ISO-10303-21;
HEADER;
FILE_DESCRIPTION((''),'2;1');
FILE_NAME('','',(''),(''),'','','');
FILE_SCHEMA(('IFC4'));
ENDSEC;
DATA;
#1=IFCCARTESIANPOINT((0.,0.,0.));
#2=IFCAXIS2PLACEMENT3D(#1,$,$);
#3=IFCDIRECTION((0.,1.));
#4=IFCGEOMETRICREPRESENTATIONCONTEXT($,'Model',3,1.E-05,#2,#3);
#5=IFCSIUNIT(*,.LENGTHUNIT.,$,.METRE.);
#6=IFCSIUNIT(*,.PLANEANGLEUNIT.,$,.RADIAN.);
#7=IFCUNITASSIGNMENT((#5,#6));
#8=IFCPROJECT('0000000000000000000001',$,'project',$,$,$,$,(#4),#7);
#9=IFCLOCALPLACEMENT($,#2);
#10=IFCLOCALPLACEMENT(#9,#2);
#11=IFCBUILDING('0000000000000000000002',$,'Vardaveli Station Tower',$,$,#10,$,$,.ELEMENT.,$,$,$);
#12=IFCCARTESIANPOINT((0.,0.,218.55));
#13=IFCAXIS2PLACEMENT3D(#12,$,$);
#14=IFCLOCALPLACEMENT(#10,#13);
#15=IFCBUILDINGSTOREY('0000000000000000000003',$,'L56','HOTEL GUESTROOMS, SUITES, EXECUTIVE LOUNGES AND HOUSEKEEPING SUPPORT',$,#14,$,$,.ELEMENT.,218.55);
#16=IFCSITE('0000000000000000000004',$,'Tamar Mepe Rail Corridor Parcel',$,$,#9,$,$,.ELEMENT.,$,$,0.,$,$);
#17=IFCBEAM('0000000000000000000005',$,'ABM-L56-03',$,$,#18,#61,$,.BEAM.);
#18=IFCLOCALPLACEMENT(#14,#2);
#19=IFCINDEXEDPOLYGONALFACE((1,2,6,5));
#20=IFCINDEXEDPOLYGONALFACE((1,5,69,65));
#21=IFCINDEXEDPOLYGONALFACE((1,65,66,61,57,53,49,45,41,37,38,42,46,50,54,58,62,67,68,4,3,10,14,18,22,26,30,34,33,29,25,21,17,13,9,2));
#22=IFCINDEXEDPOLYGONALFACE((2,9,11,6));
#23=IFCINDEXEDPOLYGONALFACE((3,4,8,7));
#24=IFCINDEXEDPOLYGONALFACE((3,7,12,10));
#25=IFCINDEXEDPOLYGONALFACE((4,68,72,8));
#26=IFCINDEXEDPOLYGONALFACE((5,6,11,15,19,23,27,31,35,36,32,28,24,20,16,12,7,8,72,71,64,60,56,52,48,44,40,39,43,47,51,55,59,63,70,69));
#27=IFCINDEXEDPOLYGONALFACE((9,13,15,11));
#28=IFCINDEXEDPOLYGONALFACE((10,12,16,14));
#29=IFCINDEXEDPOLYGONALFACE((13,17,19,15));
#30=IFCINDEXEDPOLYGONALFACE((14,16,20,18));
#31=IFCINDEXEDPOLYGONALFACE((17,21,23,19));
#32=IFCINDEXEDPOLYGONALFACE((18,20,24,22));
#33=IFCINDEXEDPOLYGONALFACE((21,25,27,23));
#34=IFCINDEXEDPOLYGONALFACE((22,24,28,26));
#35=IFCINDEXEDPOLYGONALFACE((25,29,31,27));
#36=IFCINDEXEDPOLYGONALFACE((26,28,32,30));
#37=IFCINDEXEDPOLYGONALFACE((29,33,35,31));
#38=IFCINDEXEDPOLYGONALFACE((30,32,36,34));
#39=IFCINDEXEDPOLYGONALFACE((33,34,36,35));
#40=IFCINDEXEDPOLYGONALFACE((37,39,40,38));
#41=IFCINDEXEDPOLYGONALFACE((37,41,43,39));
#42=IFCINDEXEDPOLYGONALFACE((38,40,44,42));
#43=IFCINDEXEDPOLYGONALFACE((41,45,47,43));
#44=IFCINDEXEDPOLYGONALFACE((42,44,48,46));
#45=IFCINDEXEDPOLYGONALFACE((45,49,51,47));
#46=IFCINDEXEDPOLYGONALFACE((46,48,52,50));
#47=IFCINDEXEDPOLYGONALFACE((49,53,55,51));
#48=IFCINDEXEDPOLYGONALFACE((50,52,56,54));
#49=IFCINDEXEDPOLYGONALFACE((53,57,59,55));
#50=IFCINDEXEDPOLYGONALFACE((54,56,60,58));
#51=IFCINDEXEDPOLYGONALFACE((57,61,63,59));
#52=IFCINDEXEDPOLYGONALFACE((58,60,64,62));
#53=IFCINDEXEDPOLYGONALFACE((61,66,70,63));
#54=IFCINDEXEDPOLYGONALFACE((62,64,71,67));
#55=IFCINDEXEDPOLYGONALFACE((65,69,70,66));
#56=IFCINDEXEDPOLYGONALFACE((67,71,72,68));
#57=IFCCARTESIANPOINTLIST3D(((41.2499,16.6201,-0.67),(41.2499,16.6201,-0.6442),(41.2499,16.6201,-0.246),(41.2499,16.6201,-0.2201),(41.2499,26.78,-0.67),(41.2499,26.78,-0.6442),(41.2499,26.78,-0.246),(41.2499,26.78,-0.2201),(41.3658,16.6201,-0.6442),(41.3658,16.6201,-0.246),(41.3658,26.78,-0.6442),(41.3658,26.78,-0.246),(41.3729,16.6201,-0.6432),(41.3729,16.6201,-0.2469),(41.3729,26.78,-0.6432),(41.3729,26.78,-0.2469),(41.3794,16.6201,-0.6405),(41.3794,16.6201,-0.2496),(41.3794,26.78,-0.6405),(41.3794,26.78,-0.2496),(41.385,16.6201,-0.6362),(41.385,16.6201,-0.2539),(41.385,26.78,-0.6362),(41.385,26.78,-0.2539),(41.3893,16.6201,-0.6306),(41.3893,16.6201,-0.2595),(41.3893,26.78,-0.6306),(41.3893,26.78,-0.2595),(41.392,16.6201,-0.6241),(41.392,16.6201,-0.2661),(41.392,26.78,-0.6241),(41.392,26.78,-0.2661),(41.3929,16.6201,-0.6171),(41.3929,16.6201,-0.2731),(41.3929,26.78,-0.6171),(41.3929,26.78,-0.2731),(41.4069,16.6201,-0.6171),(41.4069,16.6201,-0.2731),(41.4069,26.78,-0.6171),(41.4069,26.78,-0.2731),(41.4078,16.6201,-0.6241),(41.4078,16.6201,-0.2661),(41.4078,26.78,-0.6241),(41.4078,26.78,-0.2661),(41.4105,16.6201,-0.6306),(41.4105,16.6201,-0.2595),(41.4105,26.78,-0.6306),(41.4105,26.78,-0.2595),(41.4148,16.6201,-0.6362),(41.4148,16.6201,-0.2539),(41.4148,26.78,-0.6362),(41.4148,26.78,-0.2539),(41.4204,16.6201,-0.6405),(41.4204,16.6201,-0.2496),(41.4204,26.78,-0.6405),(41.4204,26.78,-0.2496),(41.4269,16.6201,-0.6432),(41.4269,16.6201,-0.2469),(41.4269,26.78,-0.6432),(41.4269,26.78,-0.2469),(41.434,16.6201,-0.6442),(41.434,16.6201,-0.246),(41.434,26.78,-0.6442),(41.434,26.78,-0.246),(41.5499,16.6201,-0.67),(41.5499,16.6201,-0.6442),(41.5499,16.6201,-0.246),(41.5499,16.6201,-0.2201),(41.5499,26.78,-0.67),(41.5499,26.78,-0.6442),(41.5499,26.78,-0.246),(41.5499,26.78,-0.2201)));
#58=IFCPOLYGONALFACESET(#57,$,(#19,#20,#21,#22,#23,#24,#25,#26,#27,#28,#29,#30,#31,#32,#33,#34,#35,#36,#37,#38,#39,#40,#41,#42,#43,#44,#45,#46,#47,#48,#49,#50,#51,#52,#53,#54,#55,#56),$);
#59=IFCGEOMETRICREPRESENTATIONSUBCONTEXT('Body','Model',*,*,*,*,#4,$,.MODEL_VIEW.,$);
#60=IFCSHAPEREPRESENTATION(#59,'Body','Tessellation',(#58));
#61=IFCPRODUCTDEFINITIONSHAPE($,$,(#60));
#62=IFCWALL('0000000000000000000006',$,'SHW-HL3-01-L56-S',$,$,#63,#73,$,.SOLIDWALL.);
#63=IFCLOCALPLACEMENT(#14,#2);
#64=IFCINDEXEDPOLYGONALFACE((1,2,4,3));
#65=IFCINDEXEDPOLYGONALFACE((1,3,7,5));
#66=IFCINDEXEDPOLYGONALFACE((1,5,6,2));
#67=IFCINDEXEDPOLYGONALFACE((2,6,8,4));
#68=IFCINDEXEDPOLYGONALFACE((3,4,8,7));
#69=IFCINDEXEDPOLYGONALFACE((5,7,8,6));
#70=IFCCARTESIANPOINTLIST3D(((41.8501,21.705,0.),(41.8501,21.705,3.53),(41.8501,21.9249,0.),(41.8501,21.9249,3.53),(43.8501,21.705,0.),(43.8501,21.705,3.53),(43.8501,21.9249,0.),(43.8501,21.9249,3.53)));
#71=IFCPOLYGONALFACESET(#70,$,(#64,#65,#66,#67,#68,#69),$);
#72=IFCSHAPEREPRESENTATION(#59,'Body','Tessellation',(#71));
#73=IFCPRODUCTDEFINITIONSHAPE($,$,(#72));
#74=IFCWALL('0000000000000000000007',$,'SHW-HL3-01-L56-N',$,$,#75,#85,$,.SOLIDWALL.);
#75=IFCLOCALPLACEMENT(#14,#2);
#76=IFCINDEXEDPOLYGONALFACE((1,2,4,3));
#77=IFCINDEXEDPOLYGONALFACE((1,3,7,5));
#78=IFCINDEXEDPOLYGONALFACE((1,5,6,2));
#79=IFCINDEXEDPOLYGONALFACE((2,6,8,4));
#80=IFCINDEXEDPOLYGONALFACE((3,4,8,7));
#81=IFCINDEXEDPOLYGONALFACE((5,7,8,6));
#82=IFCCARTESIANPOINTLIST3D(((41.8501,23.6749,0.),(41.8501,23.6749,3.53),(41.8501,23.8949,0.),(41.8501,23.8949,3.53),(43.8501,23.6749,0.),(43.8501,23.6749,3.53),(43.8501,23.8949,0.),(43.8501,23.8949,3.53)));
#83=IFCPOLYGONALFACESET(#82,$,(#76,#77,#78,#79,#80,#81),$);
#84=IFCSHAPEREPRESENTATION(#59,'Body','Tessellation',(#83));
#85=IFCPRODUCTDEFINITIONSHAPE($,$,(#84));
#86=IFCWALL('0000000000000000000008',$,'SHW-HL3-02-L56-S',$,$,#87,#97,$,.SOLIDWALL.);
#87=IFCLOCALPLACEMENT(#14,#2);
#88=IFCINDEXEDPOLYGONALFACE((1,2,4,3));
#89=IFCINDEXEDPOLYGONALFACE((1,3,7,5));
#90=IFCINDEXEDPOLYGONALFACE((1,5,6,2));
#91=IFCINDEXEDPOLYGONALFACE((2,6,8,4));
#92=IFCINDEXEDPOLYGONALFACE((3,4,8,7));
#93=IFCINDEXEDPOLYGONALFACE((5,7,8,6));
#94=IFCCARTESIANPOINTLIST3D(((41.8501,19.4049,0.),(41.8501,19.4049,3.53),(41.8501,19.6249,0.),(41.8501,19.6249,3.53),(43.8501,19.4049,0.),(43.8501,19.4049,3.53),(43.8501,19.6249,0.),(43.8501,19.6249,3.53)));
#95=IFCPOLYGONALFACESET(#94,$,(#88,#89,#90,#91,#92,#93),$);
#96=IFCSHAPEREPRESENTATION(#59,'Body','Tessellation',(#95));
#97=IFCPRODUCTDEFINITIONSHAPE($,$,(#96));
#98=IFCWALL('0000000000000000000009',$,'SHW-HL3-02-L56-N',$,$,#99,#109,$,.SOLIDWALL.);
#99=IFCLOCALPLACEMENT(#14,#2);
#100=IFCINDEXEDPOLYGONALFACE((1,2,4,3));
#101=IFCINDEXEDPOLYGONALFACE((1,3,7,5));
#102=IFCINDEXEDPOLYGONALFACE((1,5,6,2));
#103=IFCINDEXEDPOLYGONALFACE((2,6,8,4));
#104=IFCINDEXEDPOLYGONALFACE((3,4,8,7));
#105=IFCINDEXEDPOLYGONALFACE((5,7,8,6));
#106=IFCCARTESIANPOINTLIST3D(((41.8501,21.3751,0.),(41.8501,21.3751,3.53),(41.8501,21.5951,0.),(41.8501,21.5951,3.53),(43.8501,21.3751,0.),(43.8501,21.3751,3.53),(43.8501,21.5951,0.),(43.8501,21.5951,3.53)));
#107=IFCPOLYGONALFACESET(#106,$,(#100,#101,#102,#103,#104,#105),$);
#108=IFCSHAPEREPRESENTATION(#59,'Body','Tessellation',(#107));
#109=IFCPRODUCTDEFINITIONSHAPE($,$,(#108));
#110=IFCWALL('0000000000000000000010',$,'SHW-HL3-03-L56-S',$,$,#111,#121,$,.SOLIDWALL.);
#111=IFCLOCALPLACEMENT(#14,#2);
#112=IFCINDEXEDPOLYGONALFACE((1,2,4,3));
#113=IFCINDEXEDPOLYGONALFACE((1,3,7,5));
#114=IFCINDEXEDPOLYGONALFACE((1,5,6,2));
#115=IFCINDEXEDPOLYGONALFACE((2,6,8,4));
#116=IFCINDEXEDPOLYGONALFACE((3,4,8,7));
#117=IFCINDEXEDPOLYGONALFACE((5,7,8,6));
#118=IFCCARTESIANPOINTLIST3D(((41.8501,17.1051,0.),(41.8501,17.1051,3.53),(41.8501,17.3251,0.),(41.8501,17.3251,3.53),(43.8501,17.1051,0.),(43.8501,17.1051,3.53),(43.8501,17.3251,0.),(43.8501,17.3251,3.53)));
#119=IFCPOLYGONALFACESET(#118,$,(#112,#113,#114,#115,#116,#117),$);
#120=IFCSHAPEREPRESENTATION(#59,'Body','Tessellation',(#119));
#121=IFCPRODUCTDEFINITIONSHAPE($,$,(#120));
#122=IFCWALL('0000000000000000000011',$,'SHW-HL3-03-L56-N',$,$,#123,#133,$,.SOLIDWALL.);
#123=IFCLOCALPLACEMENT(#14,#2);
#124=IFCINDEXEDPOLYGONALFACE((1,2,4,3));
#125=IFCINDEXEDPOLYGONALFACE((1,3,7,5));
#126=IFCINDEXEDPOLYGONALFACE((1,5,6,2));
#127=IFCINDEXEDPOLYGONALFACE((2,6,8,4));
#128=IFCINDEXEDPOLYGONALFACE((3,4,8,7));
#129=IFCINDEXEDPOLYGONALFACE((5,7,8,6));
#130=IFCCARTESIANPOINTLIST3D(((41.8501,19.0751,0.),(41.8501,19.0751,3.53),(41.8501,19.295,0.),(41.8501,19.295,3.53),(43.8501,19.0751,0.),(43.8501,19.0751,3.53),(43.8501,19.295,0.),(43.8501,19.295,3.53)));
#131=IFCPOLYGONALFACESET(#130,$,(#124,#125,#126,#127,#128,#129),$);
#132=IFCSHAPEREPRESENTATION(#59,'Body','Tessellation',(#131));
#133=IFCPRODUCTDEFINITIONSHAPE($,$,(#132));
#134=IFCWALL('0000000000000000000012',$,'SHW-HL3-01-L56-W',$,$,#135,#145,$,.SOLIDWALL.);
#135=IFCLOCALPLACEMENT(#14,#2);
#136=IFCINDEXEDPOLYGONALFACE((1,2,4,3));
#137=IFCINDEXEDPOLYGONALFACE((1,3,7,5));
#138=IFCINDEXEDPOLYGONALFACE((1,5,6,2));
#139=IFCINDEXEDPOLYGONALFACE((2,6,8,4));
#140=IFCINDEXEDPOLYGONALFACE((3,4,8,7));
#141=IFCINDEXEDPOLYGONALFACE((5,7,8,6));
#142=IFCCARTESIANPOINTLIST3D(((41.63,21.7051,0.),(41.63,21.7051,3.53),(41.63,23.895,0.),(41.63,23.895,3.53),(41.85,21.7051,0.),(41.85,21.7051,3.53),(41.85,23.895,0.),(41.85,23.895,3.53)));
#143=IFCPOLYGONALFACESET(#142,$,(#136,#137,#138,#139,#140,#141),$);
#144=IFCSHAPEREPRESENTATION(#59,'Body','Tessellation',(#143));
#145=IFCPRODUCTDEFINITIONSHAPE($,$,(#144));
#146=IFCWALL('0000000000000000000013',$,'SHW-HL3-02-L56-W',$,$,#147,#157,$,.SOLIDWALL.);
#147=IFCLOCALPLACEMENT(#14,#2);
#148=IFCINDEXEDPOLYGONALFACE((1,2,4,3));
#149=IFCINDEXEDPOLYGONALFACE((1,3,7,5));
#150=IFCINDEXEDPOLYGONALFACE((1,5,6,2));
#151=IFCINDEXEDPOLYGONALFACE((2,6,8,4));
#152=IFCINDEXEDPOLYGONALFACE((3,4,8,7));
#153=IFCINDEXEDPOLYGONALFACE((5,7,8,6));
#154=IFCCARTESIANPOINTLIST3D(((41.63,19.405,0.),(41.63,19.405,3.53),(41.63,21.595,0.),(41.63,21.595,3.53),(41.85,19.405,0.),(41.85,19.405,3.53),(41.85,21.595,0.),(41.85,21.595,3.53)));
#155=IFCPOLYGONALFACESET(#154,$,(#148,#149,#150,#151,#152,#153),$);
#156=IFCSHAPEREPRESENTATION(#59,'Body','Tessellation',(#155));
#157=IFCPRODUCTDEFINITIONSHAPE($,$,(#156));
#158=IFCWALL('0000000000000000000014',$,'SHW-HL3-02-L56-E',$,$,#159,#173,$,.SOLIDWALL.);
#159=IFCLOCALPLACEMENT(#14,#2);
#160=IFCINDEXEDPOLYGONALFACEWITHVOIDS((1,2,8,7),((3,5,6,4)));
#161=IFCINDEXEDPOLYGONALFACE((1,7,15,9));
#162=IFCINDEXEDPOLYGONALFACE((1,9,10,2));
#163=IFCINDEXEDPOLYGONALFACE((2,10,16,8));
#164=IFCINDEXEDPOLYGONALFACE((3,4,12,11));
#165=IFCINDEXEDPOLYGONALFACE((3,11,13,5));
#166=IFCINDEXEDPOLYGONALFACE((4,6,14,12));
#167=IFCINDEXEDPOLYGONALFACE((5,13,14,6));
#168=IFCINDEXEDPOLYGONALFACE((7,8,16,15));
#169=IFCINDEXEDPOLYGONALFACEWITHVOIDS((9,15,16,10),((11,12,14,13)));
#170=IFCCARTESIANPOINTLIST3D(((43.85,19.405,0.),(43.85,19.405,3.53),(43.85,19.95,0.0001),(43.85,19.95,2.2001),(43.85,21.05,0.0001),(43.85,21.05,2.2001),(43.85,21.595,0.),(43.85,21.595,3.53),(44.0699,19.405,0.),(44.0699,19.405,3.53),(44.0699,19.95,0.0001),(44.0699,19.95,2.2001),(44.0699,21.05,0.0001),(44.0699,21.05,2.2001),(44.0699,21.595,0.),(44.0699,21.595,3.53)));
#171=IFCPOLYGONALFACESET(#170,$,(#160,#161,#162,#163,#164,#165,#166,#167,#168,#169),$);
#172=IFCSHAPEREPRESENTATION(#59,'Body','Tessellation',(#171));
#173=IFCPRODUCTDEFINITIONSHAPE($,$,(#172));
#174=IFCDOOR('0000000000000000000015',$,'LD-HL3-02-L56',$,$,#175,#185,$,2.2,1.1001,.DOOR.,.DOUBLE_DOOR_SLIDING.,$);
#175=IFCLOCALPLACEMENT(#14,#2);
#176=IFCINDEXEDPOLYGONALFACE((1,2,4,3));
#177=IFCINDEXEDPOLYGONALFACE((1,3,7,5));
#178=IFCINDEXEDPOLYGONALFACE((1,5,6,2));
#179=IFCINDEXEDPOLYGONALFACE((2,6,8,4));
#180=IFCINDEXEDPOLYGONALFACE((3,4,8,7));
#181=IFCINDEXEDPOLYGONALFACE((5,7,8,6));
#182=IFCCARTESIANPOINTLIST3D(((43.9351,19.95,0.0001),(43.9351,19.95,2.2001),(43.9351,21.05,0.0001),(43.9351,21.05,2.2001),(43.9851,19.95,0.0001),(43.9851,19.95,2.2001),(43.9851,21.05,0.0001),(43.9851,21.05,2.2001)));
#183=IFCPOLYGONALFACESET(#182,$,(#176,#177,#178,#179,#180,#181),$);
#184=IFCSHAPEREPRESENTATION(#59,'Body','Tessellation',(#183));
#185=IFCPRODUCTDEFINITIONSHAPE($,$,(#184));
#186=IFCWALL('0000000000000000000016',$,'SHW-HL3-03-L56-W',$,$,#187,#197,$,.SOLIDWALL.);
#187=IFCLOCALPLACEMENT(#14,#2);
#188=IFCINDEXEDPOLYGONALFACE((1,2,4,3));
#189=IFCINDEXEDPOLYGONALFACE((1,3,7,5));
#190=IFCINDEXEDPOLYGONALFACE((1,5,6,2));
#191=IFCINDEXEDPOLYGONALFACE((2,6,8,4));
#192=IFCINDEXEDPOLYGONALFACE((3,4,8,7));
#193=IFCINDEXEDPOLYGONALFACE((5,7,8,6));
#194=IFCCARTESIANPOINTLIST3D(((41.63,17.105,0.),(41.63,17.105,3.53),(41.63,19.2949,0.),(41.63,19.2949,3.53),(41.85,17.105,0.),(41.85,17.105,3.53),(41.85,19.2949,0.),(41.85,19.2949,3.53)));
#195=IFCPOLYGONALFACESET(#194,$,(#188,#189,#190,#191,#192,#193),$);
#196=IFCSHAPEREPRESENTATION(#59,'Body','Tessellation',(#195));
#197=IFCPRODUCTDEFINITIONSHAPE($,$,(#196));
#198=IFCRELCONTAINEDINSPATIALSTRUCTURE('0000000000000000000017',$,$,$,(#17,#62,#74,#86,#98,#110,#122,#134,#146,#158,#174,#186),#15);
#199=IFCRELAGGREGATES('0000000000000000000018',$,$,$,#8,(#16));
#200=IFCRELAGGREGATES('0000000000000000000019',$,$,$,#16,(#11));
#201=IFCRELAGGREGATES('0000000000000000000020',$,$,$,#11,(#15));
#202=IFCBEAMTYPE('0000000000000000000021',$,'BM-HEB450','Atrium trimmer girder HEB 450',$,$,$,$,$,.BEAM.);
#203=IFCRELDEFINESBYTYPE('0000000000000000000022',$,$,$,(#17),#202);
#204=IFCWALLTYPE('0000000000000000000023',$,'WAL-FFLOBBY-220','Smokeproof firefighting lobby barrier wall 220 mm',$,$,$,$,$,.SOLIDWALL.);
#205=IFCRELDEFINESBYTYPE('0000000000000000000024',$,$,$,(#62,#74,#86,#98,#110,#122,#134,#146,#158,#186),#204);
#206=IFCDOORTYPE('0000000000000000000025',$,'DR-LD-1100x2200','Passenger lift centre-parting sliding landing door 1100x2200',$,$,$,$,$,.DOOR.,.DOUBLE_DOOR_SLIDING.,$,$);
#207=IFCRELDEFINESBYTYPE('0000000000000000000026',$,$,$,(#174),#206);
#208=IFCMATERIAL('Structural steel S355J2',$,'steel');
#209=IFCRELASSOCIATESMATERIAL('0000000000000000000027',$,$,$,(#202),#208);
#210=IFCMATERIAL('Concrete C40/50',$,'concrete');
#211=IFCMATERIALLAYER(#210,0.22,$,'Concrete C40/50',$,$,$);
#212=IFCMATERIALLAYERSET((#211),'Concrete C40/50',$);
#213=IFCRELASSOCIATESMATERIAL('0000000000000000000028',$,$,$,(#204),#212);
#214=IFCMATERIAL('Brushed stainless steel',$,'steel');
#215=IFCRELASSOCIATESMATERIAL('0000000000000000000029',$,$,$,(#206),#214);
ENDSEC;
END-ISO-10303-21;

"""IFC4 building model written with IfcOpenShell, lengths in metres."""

from ifc_helpers import new_model, si_unit, direction, frame, frame_2d, origin, origin_2d, place, context, subcontext, project, spatial, rectangle, i_section, extrude, source, transform, mapped, material, layer, layer_set, material_profile, profile_set, type_object, element, fill, save


model = new_model("IFC4")

# Units and contexts
model_context = context("Model", 3, precision=1e-05, world=origin(), true_north=direction((0.0, 1.0)))
body_context = subcontext(model_context, "Body", "Model", "MODEL_VIEW")
ifc_project = project(units=[si_unit("LENGTHUNIT", "METRE"), si_unit("PLANEANGLEUNIT", "RADIAN")], contexts=[model_context])

# Site, building, storey
site_placement = place(None, origin())
site = spatial("IfcSite", under=ifc_project, at=site_placement, Name="Tamar Mepe Rail Corridor Parcel", CompositionType="ELEMENT", RefElevation=0.0)
building_placement = place(site_placement, origin())
building = spatial("IfcBuilding", under=site, at=building_placement, Name="Vardaveli Station Tower", CompositionType="ELEMENT")
storey_placement = place(building_placement, frame((0.0, 0.0, 218.55)))
storey = spatial("IfcBuildingStorey", under=building, at=storey_placement, Name="L56", Description="HOTEL GUESTROOMS, SUITES, EXECUTIVE LOUNGES AND HOUSEKEEPING SUPPORT", CompositionType="ELEMENT", Elevation=218.55)

# Beam
ifc_material_1 = material(Name="Structural steel S355J2", Category="steel")
ifc_material_profile_1 = material_profile(ifc_material_1, i_section(OverallWidth=0.3, OverallDepth=0.45, WebThickness=0.0139, FlangeThickness=0.0259, FilletRadius=0.0271, at=origin_2d()), Name="HEB 450")
ifc_profile_set_1 = profile_set([ifc_material_profile_1], Name="Structural steel S355J2")
beam_type = type_object("IfcBeamType", Name="BM-HEB450", Description="Atrium trimmer girder HEB 450", PredefinedType="BEAM", material=ifc_profile_set_1)
shared_shape_1 = source(origin(), body_context, "Body", "SweptSolid", [
    extrude(i_section(OverallWidth=0.3, OverallDepth=0.45, WebThickness=0.0139, FlangeThickness=0.0259, FilletRadius=0.0271, at=origin_2d()), origin(), (0.0, 0.0, 1.0), 10.1599),
])
beam_1_placement = place(storey_placement, frame((41.3999, 16.6201, -0.4451), z_axis=(0.0, 1.0, 0.0), x_axis=(-1.0, 0.0, 0.0)))
element("IfcBeam", 1, at=beam_1_placement, inside=storey, type_object=beam_type, Name="ABM-L56-03", PredefinedType="BEAM", context=body_context, shape_type="MappedRepresentation", body=[
    mapped(shared_shape_1, transform((0.0, 0.0, 0.0), scale=1.0)),
])

# Walls
ifc_material_2 = material(Name="Concrete C40/50", Category="concrete")
ifc_layer_1 = layer(ifc_material_2, 0.22, Name="Concrete C40/50")
ifc_layer_set_1 = layer_set([ifc_layer_1], Name="Concrete C40/50")
wall_type_1 = type_object("IfcWallType", Name="WAL-FFLOBBY-220", Description="Smokeproof firefighting lobby barrier wall 220 mm", PredefinedType="SOLIDWALL", material=ifc_layer_set_1)
shared_shape_2 = source(origin(), body_context, "Body", "SweptSolid", [
    extrude(rectangle(XDim=2.0, YDim=0.22, at=frame_2d((1.0, 0.0))), origin(), (0.0, 0.0, 1.0), 3.53),
])
for number, where, z_axis, x_axis, name in (
    (2, (41.8501, 21.8149, 0.0), (0.0, 0.0, 1.0), (1.0, 0.0, 0.0), "SHW-HL3-01-L56-S"),
    (3, (41.8501, 23.7849, 0.0), (0.0, 0.0, 1.0), (1.0, 0.0, 0.0), "SHW-HL3-01-L56-N"),
    (4, (41.8501, 19.5149, 0.0), (0.0, 0.0, 1.0), (1.0, 0.0, 0.0), "SHW-HL3-02-L56-S"),
    (5, (41.8501, 21.4851, 0.0), (0.0, 0.0, 1.0), (1.0, 0.0, 0.0), "SHW-HL3-02-L56-N"),
    (6, (41.8501, 17.2151, 0.0), (0.0, 0.0, 1.0), (1.0, 0.0, 0.0), "SHW-HL3-03-L56-S"),
    (7, (41.8501, 19.1851, 0.0), (0.0, 0.0, 1.0), (1.0, 0.0, 0.0), "SHW-HL3-03-L56-N"),
):
    element("IfcWall", number, at=place(storey_placement, frame(where, z_axis=z_axis, x_axis=x_axis)), inside=storey, type_object=wall_type_1, Name=name, PredefinedType="SOLIDWALL", context=body_context, shape_type="MappedRepresentation", body=[
        mapped(shared_shape_2, transform((0.0, 0.0, 0.0), scale=1.0)),
    ])
shared_shape_3 = source(origin(), body_context, "Body", "SweptSolid", [
    extrude(rectangle(XDim=2.1899, YDim=0.22, at=frame_2d((1.095, 0.0))), origin(), (0.0, 0.0, 1.0), 3.53),
])
for number, where, z_axis, x_axis, name in (
    (8, (41.74, 21.7051, 0.0), (0.0, 0.0, 1.0), (0.0, 1.0, 0.0), "SHW-HL3-01-L56-W"),
    (9, (41.74, 19.405, 0.0), (0.0, 0.0, 1.0), (0.0, 1.0, 0.0), "SHW-HL3-02-L56-W"),
):
    element("IfcWall", number, at=place(storey_placement, frame(where, z_axis=z_axis, x_axis=x_axis)), inside=storey, type_object=wall_type_1, Name=name, PredefinedType="SOLIDWALL", context=body_context, shape_type="MappedRepresentation", body=[
        mapped(shared_shape_3, transform((0.0, 0.0, 0.0), scale=1.0)),
    ])

# Wall, opening, door
wall_1_placement = place(storey_placement, frame((43.96, 19.405, 0.0), z_axis=(0.0, 0.0, 1.0), x_axis=(0.0, 1.0, 0.0)))
wall_1 = element("IfcWall", 10, at=wall_1_placement, inside=storey, type_object=wall_type_1, Name="SHW-HL3-02-L56-E", PredefinedType="SOLIDWALL", context=body_context, shape_type="MappedRepresentation", body=[
    mapped(shared_shape_3, transform((0.0, 0.0, 0.0), scale=1.0)),
])
shared_shape_4 = source(origin(), body_context, "Body", "SweptSolid", [
    extrude(rectangle(XDim=1.1001, YDim=2.2, at=frame_2d((0.55, 1.1001))), frame((0.0, 0.1201, 0.0), z_axis=(0.0, -1.0, 0.0), x_axis=(1.0, 0.0, 0.0)), (0.0, 0.0, 1.0), 0.24),
])
opening_1_placement = place(wall_1_placement, frame((0.5449, 0.0, 0.0)))
opening_1 = element("IfcOpeningElement", 11, at=opening_1_placement, cuts=wall_1, PredefinedType="OPENING", context=body_context, shape_type="MappedRepresentation", body=[
    mapped(shared_shape_4, transform((0.0, 0.0, 0.0), scale=1.0)),
])
ifc_material_3 = material(Name="Brushed stainless steel", Category="steel")
door_type = type_object("IfcDoorType", Name="DR-LD-1100x2200", Description="Passenger lift centre-parting sliding landing door 1100x2200", OperationType="DOUBLE_DOOR_SLIDING", PredefinedType="DOOR", material=ifc_material_3)
shared_shape_5 = source(origin(), body_context, "Body", "SweptSolid", [
    extrude(rectangle(XDim=1.1001, YDim=2.2, at=frame_2d((0.55, 1.1001))), frame((0.0, 0.0249, 0.0), z_axis=(0.0, -1.0, 0.0), x_axis=(1.0, 0.0, 0.0)), (0.0, 0.0, 1.0), 0.05),
])
door_1_placement = place(opening_1_placement, origin())
door_1 = element("IfcDoor", 12, at=door_1_placement, inside=storey, type_object=door_type, Name="LD-HL3-02-L56", OperationType="DOUBLE_DOOR_SLIDING", OverallHeight=2.2, OverallWidth=1.1001, PredefinedType="DOOR", context=body_context, shape_type="MappedRepresentation", body=[
    mapped(shared_shape_5, transform((0.0, 0.0, 0.0), scale=1.0)),
])
fill(opening_1, door_1)

# Wall
wall_2_placement = place(storey_placement, frame((41.74, 17.105, 0.0), z_axis=(0.0, 0.0, 1.0), x_axis=(0.0, 1.0, 0.0)))
element("IfcWall", 13, at=wall_2_placement, inside=storey, type_object=wall_type_1, Name="SHW-HL3-03-L56-W", PredefinedType="SOLIDWALL", context=body_context, shape_type="MappedRepresentation", body=[
    mapped(shared_shape_3, transform((0.0, 0.0, 0.0), scale=1.0)),
])

save(model, "model.ifc")
